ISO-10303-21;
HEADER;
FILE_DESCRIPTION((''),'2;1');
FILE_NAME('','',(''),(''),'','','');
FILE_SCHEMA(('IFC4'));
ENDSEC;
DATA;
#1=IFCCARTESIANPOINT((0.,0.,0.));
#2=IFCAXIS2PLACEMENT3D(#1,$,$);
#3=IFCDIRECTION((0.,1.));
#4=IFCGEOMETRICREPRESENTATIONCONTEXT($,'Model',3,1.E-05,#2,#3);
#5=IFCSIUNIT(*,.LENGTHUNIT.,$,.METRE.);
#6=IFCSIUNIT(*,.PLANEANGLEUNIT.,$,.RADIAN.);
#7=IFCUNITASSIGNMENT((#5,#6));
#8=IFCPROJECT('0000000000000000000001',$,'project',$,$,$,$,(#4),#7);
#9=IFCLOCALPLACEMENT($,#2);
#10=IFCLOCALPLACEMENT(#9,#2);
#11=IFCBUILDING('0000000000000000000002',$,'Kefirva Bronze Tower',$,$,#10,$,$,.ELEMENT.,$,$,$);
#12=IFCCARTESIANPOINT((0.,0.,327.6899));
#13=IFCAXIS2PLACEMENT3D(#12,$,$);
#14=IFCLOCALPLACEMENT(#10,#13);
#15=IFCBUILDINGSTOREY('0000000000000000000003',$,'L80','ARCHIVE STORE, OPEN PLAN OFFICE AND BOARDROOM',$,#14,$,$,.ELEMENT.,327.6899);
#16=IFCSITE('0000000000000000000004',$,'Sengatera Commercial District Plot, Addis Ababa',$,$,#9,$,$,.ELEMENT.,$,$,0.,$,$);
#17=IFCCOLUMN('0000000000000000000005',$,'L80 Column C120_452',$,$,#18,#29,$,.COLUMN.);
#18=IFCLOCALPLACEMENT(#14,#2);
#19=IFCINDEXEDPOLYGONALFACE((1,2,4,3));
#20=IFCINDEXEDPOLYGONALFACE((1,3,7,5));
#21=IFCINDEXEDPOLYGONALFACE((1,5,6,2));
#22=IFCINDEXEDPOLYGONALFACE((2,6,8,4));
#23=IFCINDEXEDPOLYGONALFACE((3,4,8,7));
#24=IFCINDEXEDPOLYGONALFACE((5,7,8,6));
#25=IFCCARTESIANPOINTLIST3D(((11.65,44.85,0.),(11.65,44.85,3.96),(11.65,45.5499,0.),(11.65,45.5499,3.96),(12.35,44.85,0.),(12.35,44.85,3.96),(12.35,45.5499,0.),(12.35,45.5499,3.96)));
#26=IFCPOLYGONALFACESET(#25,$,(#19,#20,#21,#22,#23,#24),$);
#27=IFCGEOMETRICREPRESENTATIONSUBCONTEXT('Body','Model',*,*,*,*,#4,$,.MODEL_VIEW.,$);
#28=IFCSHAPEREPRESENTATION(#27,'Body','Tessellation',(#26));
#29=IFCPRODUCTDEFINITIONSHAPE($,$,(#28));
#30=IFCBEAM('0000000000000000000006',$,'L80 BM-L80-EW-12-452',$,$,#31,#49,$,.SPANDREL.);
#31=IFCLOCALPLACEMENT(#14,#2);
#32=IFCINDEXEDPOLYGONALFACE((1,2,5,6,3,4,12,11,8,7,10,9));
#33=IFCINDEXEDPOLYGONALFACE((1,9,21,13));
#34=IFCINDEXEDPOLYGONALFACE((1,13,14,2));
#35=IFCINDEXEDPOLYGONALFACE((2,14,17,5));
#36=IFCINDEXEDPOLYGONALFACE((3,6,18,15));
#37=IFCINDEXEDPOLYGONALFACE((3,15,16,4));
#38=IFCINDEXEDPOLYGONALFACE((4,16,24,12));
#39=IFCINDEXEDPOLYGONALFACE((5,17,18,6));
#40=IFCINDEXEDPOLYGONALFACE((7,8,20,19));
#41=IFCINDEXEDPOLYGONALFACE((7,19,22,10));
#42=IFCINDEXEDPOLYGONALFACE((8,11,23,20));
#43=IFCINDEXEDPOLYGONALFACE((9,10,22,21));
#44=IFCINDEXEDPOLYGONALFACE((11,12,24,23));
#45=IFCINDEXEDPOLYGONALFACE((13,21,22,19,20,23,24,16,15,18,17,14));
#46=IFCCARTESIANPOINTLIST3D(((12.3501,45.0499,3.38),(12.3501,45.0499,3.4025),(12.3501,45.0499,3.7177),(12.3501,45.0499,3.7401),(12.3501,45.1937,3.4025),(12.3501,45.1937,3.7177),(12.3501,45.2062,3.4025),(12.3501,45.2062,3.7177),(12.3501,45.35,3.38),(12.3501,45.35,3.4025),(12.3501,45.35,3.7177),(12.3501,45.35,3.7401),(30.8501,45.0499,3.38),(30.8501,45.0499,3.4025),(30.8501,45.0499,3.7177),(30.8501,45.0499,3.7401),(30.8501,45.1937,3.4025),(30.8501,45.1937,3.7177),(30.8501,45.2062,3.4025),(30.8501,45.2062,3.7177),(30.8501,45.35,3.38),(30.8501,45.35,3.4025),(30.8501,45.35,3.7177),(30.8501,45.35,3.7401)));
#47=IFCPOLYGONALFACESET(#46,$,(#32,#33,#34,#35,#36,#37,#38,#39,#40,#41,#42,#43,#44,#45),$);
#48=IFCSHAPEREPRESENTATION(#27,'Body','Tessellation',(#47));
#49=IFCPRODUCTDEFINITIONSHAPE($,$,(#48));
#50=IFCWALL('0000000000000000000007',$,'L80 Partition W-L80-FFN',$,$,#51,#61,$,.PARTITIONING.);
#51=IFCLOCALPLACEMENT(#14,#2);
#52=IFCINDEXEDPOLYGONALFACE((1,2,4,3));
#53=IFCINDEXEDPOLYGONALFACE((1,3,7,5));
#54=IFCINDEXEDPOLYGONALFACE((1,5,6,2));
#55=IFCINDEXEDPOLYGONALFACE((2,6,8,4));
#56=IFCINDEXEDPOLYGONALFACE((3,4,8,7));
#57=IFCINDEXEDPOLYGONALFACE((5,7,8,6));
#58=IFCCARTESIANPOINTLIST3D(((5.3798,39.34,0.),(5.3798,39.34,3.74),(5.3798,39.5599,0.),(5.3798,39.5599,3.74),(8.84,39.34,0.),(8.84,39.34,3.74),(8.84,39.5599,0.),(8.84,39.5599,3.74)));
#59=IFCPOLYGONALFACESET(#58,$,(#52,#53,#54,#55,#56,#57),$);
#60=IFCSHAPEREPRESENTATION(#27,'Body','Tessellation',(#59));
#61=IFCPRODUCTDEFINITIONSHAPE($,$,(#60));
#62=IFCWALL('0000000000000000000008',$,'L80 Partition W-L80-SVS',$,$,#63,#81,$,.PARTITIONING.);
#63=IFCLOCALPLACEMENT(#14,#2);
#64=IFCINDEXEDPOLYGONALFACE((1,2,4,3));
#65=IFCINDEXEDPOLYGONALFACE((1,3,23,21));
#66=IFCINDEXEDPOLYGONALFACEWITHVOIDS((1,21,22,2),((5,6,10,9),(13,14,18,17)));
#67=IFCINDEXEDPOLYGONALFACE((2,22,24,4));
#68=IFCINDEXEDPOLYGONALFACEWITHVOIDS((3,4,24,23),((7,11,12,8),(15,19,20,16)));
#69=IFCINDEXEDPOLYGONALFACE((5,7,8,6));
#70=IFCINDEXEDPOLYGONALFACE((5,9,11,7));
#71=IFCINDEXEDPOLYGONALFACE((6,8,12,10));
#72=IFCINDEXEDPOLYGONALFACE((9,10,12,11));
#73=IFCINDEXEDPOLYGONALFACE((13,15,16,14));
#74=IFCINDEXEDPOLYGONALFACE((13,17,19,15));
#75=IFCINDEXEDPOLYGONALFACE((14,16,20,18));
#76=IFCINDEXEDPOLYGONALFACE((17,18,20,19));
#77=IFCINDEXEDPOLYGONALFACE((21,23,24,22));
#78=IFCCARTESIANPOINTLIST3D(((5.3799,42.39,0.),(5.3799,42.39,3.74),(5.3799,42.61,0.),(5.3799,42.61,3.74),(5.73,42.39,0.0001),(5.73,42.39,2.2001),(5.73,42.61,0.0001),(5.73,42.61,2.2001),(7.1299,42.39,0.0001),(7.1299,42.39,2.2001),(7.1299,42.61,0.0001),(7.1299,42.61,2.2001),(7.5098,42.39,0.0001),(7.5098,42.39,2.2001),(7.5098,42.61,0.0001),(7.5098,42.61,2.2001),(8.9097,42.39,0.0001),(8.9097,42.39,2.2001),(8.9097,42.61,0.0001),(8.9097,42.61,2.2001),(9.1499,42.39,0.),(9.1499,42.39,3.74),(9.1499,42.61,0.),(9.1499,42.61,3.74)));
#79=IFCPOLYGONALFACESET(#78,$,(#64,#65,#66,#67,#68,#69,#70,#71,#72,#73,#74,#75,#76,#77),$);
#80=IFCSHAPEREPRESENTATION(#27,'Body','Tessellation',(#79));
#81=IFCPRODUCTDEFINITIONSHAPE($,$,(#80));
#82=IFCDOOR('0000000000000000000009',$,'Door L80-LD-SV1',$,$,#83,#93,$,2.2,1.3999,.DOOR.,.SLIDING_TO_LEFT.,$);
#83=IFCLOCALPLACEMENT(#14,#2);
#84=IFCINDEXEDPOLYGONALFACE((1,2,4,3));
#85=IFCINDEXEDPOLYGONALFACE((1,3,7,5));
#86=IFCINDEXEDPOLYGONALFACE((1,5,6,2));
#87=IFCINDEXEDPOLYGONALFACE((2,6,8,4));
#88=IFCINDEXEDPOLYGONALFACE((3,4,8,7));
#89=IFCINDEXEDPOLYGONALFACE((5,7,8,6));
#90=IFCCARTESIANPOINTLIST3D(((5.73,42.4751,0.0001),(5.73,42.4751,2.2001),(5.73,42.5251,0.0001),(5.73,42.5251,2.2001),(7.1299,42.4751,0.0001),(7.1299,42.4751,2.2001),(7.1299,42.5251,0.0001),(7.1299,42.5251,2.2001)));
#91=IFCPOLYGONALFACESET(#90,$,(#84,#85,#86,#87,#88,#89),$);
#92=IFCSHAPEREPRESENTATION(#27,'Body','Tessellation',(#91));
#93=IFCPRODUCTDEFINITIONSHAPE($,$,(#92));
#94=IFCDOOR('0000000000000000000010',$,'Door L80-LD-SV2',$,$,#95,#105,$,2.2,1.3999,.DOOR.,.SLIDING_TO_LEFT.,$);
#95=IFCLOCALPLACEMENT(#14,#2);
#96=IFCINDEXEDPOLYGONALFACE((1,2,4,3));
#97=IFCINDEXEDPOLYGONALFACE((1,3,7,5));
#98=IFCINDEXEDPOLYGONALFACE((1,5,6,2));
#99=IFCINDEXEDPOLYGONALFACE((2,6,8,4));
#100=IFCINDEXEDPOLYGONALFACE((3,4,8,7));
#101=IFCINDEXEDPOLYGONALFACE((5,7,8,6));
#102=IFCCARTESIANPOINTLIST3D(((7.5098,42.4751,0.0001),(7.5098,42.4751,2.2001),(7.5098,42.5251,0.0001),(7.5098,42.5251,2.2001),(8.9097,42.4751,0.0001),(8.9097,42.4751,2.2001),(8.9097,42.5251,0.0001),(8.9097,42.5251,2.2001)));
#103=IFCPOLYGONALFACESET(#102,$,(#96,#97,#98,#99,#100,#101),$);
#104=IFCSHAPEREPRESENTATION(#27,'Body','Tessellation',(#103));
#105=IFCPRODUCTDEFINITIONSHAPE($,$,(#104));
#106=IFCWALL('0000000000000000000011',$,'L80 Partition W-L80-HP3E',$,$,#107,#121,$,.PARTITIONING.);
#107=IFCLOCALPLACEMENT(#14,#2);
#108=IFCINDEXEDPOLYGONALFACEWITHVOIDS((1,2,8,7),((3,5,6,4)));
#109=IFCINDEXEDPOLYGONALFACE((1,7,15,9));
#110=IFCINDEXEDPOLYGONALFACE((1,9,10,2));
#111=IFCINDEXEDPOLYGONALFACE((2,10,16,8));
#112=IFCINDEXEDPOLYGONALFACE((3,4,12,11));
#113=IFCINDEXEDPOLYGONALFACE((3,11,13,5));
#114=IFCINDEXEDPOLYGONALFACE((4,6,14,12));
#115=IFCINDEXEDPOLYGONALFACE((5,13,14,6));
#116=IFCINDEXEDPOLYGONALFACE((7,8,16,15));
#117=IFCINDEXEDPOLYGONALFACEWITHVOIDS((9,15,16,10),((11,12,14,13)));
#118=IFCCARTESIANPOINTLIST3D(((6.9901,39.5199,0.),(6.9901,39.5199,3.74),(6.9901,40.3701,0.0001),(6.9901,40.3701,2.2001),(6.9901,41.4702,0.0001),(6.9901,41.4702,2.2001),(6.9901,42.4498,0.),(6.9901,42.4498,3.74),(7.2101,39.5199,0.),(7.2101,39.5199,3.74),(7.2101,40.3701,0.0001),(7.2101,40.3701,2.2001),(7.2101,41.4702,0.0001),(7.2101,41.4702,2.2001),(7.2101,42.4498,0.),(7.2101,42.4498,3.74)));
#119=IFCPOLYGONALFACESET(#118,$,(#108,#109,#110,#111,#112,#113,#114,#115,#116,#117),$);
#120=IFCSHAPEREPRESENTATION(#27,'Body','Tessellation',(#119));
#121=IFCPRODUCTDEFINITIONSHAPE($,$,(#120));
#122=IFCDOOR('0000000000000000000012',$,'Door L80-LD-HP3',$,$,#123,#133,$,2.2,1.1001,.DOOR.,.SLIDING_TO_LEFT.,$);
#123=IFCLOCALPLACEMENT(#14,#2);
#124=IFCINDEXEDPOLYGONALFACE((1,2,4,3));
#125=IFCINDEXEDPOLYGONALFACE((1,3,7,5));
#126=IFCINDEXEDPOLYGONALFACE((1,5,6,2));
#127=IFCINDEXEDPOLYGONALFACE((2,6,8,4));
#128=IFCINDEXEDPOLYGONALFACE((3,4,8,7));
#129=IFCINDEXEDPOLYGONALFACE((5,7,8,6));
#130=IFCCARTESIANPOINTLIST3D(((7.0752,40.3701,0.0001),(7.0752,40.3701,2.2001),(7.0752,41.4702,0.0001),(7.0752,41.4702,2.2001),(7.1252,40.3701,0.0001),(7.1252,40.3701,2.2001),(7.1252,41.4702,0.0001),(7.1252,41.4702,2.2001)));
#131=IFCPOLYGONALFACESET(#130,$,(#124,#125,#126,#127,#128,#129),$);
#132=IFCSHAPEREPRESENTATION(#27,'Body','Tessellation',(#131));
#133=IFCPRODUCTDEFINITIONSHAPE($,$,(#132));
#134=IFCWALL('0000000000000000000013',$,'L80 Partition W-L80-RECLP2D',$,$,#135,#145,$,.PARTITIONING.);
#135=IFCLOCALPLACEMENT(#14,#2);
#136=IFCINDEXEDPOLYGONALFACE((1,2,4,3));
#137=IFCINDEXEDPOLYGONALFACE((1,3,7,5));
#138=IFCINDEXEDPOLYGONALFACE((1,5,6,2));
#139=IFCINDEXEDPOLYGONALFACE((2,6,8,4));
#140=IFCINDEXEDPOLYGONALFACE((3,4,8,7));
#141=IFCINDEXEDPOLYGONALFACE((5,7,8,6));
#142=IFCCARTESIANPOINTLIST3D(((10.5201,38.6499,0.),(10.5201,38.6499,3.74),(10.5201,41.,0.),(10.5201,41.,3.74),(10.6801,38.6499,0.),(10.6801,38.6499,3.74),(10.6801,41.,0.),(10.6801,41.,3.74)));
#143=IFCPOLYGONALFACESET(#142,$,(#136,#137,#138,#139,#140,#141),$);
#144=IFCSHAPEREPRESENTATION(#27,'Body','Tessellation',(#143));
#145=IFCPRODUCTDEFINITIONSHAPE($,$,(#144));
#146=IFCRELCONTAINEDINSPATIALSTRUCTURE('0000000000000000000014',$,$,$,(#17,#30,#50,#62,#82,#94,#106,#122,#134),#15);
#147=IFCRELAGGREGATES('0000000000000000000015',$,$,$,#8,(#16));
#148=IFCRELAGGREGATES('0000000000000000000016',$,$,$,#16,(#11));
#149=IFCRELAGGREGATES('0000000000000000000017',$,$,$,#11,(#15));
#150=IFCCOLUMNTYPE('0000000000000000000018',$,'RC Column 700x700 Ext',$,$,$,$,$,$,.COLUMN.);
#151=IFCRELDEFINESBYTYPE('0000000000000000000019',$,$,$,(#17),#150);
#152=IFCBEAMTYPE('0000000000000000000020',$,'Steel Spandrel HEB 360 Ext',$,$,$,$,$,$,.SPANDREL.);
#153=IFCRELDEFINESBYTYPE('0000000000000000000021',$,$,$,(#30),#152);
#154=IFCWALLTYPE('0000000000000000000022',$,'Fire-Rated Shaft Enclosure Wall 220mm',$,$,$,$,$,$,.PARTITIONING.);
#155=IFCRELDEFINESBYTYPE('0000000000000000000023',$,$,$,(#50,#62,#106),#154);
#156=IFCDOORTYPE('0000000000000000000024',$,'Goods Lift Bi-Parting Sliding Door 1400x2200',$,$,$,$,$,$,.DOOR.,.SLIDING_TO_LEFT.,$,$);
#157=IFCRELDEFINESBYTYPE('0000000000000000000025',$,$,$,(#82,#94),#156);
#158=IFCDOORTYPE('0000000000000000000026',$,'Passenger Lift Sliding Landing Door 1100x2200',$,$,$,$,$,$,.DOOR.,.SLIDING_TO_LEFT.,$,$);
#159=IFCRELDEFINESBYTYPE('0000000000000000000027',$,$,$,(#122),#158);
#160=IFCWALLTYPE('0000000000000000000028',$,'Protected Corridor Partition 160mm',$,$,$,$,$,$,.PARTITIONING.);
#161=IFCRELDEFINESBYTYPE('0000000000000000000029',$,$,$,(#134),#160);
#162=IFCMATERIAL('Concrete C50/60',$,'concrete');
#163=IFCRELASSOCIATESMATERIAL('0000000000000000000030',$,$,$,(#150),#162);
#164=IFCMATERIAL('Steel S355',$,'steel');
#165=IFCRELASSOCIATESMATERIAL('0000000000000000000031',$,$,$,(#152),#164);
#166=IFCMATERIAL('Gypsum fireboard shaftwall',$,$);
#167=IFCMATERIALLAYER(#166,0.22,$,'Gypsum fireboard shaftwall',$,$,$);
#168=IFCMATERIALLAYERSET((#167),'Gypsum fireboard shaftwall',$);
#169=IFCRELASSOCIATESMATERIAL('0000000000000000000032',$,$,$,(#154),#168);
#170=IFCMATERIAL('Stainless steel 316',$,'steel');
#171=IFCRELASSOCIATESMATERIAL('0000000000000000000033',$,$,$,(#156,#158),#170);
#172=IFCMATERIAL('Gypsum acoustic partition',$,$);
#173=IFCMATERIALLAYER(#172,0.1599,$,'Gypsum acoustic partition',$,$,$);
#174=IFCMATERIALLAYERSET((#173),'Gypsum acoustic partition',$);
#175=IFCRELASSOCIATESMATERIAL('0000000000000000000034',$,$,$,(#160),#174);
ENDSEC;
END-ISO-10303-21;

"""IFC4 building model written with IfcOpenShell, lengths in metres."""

from ifc_helpers import new_model, si_unit, direction, frame, frame_2d, origin, origin_2d, place, context, subcontext, project, spatial, rectangle, i_section, extrude, material, layer, layer_set, material_profile, profile_set, type_object, element, fill, save


model = new_model("IFC4")

# Units and contexts
model_context = context("Model", 3, precision=1e-05, world=origin(), true_north=direction((0.0, 1.0)))
body_context = subcontext(model_context, "Body", "Model", "MODEL_VIEW")
ifc_project = project(units=[si_unit("LENGTHUNIT", "METRE"), si_unit("PLANEANGLEUNIT", "RADIAN")], contexts=[model_context])

# Site, building, storey
site_placement = place(None, origin())
site = spatial("IfcSite", under=ifc_project, at=site_placement, Name="Sengatera Commercial District Plot, Addis Ababa", CompositionType="ELEMENT", RefElevation=0.0)
building_placement = place(site_placement, origin())
building = spatial("IfcBuilding", under=site, at=building_placement, Name="Kefirva Bronze Tower", CompositionType="ELEMENT")
storey_placement = place(building_placement, frame((0.0, 0.0, 327.6899)))
storey = spatial("IfcBuildingStorey", under=building, at=storey_placement, Name="L80", Description="ARCHIVE STORE, OPEN PLAN OFFICE AND BOARDROOM", CompositionType="ELEMENT", Elevation=327.6899)

# Column
ifc_material_1 = material(Name="Concrete C50/60", Category="concrete")
ifc_material_profile_1 = material_profile(ifc_material_1, rectangle(XDim=0.7, YDim=0.7, at=origin_2d()), Name="RC 700x700")
ifc_profile_set_1 = profile_set([ifc_material_profile_1], Name="Concrete C50/60")
column_type = type_object("IfcColumnType", Name="RC Column 700x700 Ext", PredefinedType="COLUMN", material=ifc_profile_set_1)
column_placement = place(storey_placement, frame((12.0, 45.2, 0.0), z_axis=(0.0, 0.0, 1.0), x_axis=(1.0, 0.0, 0.0)))
element("IfcColumn", 1, at=column_placement, inside=storey, type_object=column_type, Name="L80 Column C120_452", PredefinedType="COLUMN", context=body_context, shape_type="SweptSolid", body=[
    extrude(rectangle(XDim=0.7, YDim=0.7, at=origin_2d()), origin(), (0.0, 0.0, 1.0), 3.96),
])

# Beam
ifc_material_2 = material(Name="Steel S355", Category="steel")
ifc_material_profile_2 = material_profile(ifc_material_2, i_section(OverallWidth=0.3, OverallDepth=0.3601, WebThickness=0.0125, FlangeThickness=0.0225, at=origin_2d()), Name="HEB 360")
ifc_profile_set_2 = profile_set([ifc_material_profile_2], Name="Steel S355")
beam_type = type_object("IfcBeamType", Name="Steel Spandrel HEB 360 Ext", PredefinedType="SPANDREL", material=ifc_profile_set_2)
beam_placement = place(storey_placement, frame((12.3501, 45.2, 3.5601), z_axis=(1.0, 0.0, 0.0), x_axis=(0.0, 1.0, 0.0)))
element("IfcBeam", 2, at=beam_placement, inside=storey, type_object=beam_type, Name="L80 BM-L80-EW-12-452", PredefinedType="SPANDREL", context=body_context, shape_type="SweptSolid", body=[
    extrude(i_section(OverallWidth=0.3, OverallDepth=0.3601, WebThickness=0.0125, FlangeThickness=0.0225, at=origin_2d()), origin(), (0.0, 0.0, 1.0), 18.5),
])

# Wall
ifc_material_3 = material(Name="Gypsum fireboard shaftwall")
ifc_layer_1 = layer(ifc_material_3, 0.22, Name="Gypsum fireboard shaftwall")
ifc_layer_set_1 = layer_set([ifc_layer_1], Name="Gypsum fireboard shaftwall")
wall_type_1 = type_object("IfcWallType", Name="Fire-Rated Shaft Enclosure Wall 220mm", PredefinedType="PARTITIONING", material=ifc_layer_set_1)
wall_1_placement = place(storey_placement, frame((5.3799, 39.45, 0.0), z_axis=(0.0, 0.0, 1.0), x_axis=(1.0, 0.0, 0.0)))
element("IfcWall", 3, at=wall_1_placement, inside=storey, type_object=wall_type_1, Name="L80 Partition W-L80-FFN", PredefinedType="PARTITIONING", context=body_context, shape_type="SweptSolid", body=[
    extrude(rectangle(XDim=3.4602, YDim=0.22, at=frame_2d((1.73, 0.0))), origin(), (0.0, 0.0, 1.0), 3.74),
])

# Wall, openings, doors
wall_2_placement = place(storey_placement, frame((5.3799, 42.5, 0.0), z_axis=(0.0, 0.0, 1.0), x_axis=(1.0, 0.0, 0.0)))
wall_2 = element("IfcWall", 4, at=wall_2_placement, inside=storey, type_object=wall_type_1, Name="L80 Partition W-L80-SVS", PredefinedType="PARTITIONING", context=body_context, shape_type="SweptSolid", body=[
    extrude(rectangle(XDim=3.77, YDim=0.22, at=frame_2d((1.885, 0.0))), origin(), (0.0, 0.0, 1.0), 3.74),
])
opening_1_placement = place(wall_2_placement, frame((1.75, 0.0, 0.0), z_axis=(0.0, 0.0, 1.0), x_axis=(-1.0, 0.0, 0.0)))
opening_1 = element("IfcOpeningElement", 5, at=opening_1_placement, cuts=wall_2, PredefinedType="OPENING", context=body_context, shape_type="SweptSolid", body=[
    extrude(rectangle(XDim=1.3999, YDim=2.2, at=frame_2d((0.7, 1.1001))), frame((0.0, 0.1201, 0.0), z_axis=(0.0, -1.0, 0.0), x_axis=(1.0, 0.0, 0.0)), (0.0, 0.0, 1.0), 0.24),
])
opening_2_placement = place(wall_2_placement, frame((3.5298, 0.0, 0.0), z_axis=(0.0, 0.0, 1.0), x_axis=(-1.0, 0.0, 0.0)))
opening_2 = element("IfcOpeningElement", 6, at=opening_2_placement, cuts=wall_2, PredefinedType="OPENING", context=body_context, shape_type="SweptSolid", body=[
    extrude(rectangle(XDim=1.3999, YDim=2.2, at=frame_2d((0.7, 1.1001))), frame((0.0, 0.1201, 0.0), z_axis=(0.0, -1.0, 0.0), x_axis=(1.0, 0.0, 0.0)), (0.0, 0.0, 1.0), 0.24),
])
ifc_material_4 = material(Name="Stainless steel 316", Category="steel")
door_type_1 = type_object("IfcDoorType", Name="Goods Lift Bi-Parting Sliding Door 1400x2200", OperationType="SLIDING_TO_LEFT", PredefinedType="DOOR", material=ifc_material_4)
door_1_placement = place(opening_1_placement, origin())
door_1 = element("IfcDoor", 7, at=door_1_placement, inside=storey, type_object=door_type_1, Name="Door L80-LD-SV1", OperationType="SLIDING_TO_LEFT", OverallHeight=2.2, OverallWidth=1.3999, PredefinedType="DOOR", context=body_context, shape_type="SweptSolid", body=[
    extrude(rectangle(XDim=1.3999, YDim=2.2, at=frame_2d((0.7, 1.1001))), frame((0.0, 0.0249, 0.0), z_axis=(0.0, -1.0, 0.0), x_axis=(1.0, 0.0, 0.0)), (0.0, 0.0, 1.0), 0.05),
])
fill(opening_1, door_1)
door_2_placement = place(opening_2_placement, origin())
door_2 = element("IfcDoor", 8, at=door_2_placement, inside=storey, type_object=door_type_1, Name="Door L80-LD-SV2", OperationType="SLIDING_TO_LEFT", OverallHeight=2.2, OverallWidth=1.3999, PredefinedType="DOOR", context=body_context, shape_type="SweptSolid", body=[
    extrude(rectangle(XDim=1.3999, YDim=2.2, at=frame_2d((0.7, 1.1001))), frame((0.0, 0.0249, 0.0), z_axis=(0.0, -1.0, 0.0), x_axis=(1.0, 0.0, 0.0)), (0.0, 0.0, 1.0), 0.05),
])
fill(opening_2, door_2)

# Wall, opening, door
wall_3_placement = place(storey_placement, frame((7.1001, 39.52, 0.0), z_axis=(0.0, 0.0, 1.0), x_axis=(0.0, 1.0, 0.0)))
wall_3 = element("IfcWall", 9, at=wall_3_placement, inside=storey, type_object=wall_type_1, Name="L80 Partition W-L80-HP3E", PredefinedType="PARTITIONING", context=body_context, shape_type="SweptSolid", body=[
    extrude(rectangle(XDim=2.9299, YDim=0.22, at=frame_2d((1.4648, 0.0))), origin(), (0.0, 0.0, 1.0), 3.74),
])
opening_3_placement = place(wall_3_placement, frame((0.8501, 0.0, 0.0)))
opening_3 = element("IfcOpeningElement", 10, at=opening_3_placement, cuts=wall_3, PredefinedType="OPENING", context=body_context, shape_type="SweptSolid", body=[
    extrude(rectangle(XDim=1.1001, YDim=2.2, at=frame_2d((0.55, 1.1001))), frame((0.0, 0.1201, 0.0), z_axis=(0.0, -1.0, 0.0), x_axis=(1.0, 0.0, 0.0)), (0.0, 0.0, 1.0), 0.24),
])
door_type_2 = type_object("IfcDoorType", Name="Passenger Lift Sliding Landing Door 1100x2200", OperationType="SLIDING_TO_LEFT", PredefinedType="DOOR", material=ifc_material_4)
door_3_placement = place(opening_3_placement, origin())
door_3 = element("IfcDoor", 11, at=door_3_placement, inside=storey, type_object=door_type_2, Name="Door L80-LD-HP3", OperationType="SLIDING_TO_LEFT", OverallHeight=2.2, OverallWidth=1.1001, PredefinedType="DOOR", context=body_context, shape_type="SweptSolid", body=[
    extrude(rectangle(XDim=1.1001, YDim=2.2, at=frame_2d((0.55, 1.1001))), frame((0.0, 0.0249, 0.0), z_axis=(0.0, -1.0, 0.0), x_axis=(1.0, 0.0, 0.0)), (0.0, 0.0, 1.0), 0.05),
])
fill(opening_3, door_3)

# Shared definitions
ifc_material_5 = material(Name="Gypsum acoustic partition")
ifc_layer_2 = layer(ifc_material_5, 0.1599, Name="Gypsum acoustic partition")
ifc_layer_set_2 = layer_set([ifc_layer_2], Name="Gypsum acoustic partition")
wall_type_2 = type_object("IfcWallType", Name="Protected Corridor Partition 160mm", PredefinedType="PARTITIONING", material=ifc_layer_set_2)

# Wall
wall_4_placement = place(storey_placement, frame((10.6001, 38.6499, 0.0), z_axis=(0.0, 0.0, 1.0), x_axis=(0.0, 1.0, 0.0)))
element("IfcWall", 12, at=wall_4_placement, inside=storey, type_object=wall_type_2, Name="L80 Partition W-L80-RECLP2D", PredefinedType="PARTITIONING", context=body_context, shape_type="SweptSolid", body=[
    extrude(rectangle(XDim=2.3501, YDim=0.1599, at=frame_2d((1.175, 0.0))), origin(), (0.0, 0.0, 1.0), 3.74),
])

save(model, "model.ifc")
